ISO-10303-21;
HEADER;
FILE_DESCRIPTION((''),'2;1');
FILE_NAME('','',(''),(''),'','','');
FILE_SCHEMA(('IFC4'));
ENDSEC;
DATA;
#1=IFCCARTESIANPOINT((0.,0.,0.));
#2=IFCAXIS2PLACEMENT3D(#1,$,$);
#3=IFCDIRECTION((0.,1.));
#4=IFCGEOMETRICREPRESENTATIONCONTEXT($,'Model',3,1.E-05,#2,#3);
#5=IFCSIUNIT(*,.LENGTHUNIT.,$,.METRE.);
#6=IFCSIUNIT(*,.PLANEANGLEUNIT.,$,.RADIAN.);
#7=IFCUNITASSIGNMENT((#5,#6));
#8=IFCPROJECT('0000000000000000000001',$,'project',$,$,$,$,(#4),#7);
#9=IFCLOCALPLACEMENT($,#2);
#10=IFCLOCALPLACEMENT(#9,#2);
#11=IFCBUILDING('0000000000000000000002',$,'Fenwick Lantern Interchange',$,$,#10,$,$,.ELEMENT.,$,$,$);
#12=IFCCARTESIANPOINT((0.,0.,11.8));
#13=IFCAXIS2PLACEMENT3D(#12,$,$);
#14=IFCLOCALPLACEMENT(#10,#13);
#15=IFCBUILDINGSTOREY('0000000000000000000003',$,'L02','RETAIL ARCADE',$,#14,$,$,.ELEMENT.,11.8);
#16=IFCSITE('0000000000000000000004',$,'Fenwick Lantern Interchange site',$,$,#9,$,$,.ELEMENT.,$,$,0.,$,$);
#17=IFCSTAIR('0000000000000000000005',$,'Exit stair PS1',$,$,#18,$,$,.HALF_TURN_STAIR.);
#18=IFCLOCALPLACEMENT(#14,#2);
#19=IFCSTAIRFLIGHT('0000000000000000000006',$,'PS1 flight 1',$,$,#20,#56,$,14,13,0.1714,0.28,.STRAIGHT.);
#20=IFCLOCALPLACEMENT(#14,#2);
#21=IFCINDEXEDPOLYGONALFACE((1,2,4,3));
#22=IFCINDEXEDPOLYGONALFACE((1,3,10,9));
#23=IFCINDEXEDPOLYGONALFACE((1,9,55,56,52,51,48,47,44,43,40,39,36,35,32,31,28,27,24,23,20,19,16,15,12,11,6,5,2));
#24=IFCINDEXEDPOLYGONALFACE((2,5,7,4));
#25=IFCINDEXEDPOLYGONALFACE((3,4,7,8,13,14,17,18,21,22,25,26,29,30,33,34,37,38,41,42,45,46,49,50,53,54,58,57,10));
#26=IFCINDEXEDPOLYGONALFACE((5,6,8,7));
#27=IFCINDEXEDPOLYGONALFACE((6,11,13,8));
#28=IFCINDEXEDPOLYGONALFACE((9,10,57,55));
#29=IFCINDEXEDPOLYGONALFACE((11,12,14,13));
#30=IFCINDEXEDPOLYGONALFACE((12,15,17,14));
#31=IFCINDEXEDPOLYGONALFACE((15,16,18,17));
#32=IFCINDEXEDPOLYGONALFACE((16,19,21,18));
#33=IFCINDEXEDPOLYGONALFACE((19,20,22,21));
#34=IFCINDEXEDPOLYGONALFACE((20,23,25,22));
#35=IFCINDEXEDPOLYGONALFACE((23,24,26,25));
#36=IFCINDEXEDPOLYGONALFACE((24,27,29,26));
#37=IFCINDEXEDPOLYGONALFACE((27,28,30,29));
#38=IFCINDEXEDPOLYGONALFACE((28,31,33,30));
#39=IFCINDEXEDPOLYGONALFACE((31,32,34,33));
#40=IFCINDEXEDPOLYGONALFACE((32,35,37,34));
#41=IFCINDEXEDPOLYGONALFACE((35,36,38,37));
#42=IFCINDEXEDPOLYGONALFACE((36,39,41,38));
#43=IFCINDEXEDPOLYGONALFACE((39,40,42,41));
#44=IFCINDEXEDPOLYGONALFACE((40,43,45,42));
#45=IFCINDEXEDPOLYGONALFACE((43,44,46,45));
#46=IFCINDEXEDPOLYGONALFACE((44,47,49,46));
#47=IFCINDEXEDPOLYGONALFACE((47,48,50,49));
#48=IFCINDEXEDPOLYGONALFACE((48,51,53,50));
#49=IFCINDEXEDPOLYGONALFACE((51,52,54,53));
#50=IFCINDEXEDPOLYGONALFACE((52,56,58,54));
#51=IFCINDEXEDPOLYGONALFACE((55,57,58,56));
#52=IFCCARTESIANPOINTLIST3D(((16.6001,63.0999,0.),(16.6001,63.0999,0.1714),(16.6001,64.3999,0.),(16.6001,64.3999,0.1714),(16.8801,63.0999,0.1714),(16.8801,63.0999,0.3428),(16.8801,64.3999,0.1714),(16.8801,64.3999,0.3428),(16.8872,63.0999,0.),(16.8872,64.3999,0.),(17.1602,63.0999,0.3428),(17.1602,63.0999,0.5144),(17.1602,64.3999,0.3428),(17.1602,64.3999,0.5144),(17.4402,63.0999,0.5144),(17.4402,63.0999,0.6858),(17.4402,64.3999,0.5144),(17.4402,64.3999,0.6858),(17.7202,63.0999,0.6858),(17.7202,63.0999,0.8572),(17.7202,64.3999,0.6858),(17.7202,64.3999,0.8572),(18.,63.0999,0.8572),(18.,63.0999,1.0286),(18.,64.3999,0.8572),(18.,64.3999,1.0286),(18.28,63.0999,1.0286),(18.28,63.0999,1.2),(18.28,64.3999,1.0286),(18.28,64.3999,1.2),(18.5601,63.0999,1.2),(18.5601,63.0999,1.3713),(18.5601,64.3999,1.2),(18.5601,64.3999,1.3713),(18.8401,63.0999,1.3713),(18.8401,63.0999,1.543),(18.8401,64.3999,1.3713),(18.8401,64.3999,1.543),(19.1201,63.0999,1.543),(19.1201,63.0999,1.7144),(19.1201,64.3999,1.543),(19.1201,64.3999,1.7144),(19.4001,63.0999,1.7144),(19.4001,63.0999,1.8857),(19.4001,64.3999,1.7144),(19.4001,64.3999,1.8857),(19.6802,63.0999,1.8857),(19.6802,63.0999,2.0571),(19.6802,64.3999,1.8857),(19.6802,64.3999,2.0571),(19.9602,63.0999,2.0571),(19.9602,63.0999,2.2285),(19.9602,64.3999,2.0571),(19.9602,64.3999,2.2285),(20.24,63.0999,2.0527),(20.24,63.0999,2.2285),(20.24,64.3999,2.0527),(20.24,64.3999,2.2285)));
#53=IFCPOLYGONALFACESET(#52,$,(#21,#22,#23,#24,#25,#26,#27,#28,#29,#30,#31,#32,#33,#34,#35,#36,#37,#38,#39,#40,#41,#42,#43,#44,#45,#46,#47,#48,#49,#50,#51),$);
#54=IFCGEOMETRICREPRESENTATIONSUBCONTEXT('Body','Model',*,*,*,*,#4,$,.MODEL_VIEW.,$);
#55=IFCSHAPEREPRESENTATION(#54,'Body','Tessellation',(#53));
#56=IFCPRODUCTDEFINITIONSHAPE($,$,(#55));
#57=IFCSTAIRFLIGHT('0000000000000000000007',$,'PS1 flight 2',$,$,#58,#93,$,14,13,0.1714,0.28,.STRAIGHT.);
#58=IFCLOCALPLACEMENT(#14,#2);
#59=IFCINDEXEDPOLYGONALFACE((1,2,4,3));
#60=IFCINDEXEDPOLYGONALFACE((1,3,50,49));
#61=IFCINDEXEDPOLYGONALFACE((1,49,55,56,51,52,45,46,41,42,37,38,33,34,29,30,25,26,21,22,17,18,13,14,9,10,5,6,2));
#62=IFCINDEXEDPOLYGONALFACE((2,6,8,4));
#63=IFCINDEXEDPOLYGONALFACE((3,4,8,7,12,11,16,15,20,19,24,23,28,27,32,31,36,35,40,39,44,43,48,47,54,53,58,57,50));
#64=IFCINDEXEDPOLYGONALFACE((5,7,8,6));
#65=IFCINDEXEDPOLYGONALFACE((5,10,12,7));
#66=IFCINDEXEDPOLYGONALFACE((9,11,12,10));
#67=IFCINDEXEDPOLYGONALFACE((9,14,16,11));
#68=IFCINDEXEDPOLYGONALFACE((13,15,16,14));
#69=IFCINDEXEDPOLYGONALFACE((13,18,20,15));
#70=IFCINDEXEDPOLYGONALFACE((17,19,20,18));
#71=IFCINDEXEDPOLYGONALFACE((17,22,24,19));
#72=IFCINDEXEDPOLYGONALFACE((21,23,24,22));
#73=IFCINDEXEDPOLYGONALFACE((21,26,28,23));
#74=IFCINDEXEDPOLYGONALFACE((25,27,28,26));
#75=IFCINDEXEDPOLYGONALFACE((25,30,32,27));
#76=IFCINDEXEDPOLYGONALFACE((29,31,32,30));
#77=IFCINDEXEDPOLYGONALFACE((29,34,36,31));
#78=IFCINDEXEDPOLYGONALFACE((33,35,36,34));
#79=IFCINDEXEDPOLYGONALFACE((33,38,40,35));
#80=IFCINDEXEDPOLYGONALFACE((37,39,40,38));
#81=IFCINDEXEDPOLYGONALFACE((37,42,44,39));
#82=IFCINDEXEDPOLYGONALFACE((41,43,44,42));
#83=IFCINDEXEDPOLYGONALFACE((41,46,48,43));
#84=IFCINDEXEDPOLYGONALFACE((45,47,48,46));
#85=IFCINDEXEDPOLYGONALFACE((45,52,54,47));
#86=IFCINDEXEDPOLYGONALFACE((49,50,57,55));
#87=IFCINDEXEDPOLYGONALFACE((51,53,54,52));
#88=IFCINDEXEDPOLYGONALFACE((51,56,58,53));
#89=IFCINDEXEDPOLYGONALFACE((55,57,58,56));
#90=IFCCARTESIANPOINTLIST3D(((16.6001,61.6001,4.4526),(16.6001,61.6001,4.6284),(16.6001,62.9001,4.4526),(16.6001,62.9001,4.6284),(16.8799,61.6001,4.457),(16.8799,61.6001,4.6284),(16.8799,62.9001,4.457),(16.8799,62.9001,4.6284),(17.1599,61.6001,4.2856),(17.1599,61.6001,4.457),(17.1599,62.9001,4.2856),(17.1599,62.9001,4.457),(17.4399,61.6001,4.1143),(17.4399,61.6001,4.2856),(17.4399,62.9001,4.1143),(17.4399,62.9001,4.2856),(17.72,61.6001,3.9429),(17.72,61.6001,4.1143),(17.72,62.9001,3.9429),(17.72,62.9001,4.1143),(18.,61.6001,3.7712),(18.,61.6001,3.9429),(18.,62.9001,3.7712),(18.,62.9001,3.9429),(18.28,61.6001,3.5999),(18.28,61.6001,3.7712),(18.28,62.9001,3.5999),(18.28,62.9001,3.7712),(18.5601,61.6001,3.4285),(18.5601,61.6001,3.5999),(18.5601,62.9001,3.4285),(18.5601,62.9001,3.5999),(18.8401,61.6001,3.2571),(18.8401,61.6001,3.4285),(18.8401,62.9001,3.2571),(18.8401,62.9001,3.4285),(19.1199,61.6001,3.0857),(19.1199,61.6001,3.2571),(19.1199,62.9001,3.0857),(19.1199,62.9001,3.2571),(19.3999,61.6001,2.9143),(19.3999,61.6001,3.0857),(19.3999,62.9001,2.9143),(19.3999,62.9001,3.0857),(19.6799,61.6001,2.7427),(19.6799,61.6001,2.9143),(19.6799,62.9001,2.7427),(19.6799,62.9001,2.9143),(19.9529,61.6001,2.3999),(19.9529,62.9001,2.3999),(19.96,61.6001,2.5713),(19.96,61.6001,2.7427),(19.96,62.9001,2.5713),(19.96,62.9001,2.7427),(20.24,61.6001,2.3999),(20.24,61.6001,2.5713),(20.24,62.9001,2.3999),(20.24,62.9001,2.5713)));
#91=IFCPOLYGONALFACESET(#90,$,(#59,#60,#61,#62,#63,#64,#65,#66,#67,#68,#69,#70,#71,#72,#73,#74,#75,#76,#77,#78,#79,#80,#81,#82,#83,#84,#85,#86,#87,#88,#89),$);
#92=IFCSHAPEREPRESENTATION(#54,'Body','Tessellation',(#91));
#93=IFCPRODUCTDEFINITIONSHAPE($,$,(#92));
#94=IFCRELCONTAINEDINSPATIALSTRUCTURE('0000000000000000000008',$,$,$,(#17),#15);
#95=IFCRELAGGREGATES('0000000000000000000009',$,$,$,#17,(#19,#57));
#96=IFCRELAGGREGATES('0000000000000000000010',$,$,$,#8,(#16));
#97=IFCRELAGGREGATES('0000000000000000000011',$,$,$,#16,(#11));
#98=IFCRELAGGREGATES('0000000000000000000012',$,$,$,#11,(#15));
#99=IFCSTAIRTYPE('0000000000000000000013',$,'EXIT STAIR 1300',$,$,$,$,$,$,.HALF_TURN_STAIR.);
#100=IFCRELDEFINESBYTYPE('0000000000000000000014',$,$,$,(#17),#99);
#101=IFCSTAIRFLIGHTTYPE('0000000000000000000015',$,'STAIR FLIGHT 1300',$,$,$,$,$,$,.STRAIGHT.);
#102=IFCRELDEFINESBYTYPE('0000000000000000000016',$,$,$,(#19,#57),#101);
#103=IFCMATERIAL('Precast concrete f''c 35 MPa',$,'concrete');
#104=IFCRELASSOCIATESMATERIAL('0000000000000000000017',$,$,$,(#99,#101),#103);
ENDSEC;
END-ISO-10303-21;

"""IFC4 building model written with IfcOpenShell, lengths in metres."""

from ifc_helpers import new_model, si_unit, direction, frame, origin, place, context, subcontext, project, spatial, polyline, outline, extrude, material, type_object, element, aggregate, save


model = new_model("IFC4")

# Units and contexts
model_context = context("Model", 3, precision=1e-05, world=origin(), true_north=direction((0.0, 1.0)))
body_context = subcontext(model_context, "Body", "Model", "MODEL_VIEW")
ifc_project = project(units=[si_unit("LENGTHUNIT", "METRE"), si_unit("PLANEANGLEUNIT", "RADIAN")], contexts=[model_context])

# Site, building, storey
site_placement = place(None, origin())
site = spatial("IfcSite", under=ifc_project, at=site_placement, Name="Fenwick Lantern Interchange site", CompositionType="ELEMENT", RefElevation=0.0)
building_placement = place(site_placement, origin())
building = spatial("IfcBuilding", under=site, at=building_placement, Name="Fenwick Lantern Interchange", CompositionType="ELEMENT")
storey_placement = place(building_placement, frame((0.0, 0.0, 11.8)))
storey = spatial("IfcBuildingStorey", under=building, at=storey_placement, Name="L02", Description="RETAIL ARCADE", CompositionType="ELEMENT", Elevation=11.8)

# Stair, stair flights
ifc_material_1 = material(Name="Precast concrete f'c 35 MPa", Category="concrete")
stair_type = type_object("IfcStairType", Name="EXIT STAIR 1300", PredefinedType="HALF_TURN_STAIR", material=ifc_material_1)
stair_placement = place(storey_placement, origin())
stair = element("IfcStair", 1, at=stair_placement, inside=storey, type_object=stair_type, Name="Exit stair PS1", PredefinedType="HALF_TURN_STAIR")
stair_flight_type = type_object("IfcStairFlightType", Name="STAIR FLIGHT 1300", PredefinedType="STRAIGHT", material=ifc_material_1)
stair_flight_1_placement = place(storey_placement, frame((16.6001, 63.75, 0.0), z_axis=(0.0, 0.0, 1.0), x_axis=(1.0, 0.0, 0.0)))
stair_flight_1 = element("IfcStairFlight", 2, at=stair_flight_1_placement, type_object=stair_flight_type, Name="PS1 flight 1", NumberOfRisers=14, NumberOfTreads=13, PredefinedType="STRAIGHT", RiserHeight=0.1714, TreadLength=0.28, context=body_context, shape_type="SweptSolid", body=[
    extrude(outline(polyline([(0.0, 0.0), (0.0, 0.1714), (0.28, 0.1714), (0.28, 0.3428), (0.5601, 0.3428), (0.5601, 0.5144), (0.8401, 0.5144), (0.8401, 0.6858), (1.1201, 0.6858), (1.1201, 0.8572), (1.3999, 0.8572), (1.3999, 1.0286), (1.6799, 1.0286), (1.6799, 1.2), (1.96, 1.2), (1.96, 1.3713), (2.24, 1.3713), (2.24, 1.543), (2.52, 1.543), (2.52, 1.7144), (2.8, 1.7144), (2.8, 1.8857), (3.0801, 1.8857), (3.0801, 2.0571), (3.3601, 2.0571), (3.3601, 2.2285), (3.6399, 2.2285), (3.6399, 2.3999), (3.6399, 2.0527), (0.2871, 0.0), (0.0, 0.0)])), frame((0.0, 0.6499, 0.0), z_axis=(0.0, -1.0, 0.0), x_axis=(1.0, 0.0, 0.0)), (0.0, 0.0, 1.0), 1.3),
])
stair_flight_2_placement = place(storey_placement, frame((20.24, 62.25, 2.3999), z_axis=(0.0, 0.0, 1.0), x_axis=(-1.0, 0.0, 0.0)))
stair_flight_2 = element("IfcStairFlight", 3, at=stair_flight_2_placement, type_object=stair_flight_type, Name="PS1 flight 2", NumberOfRisers=14, NumberOfTreads=13, PredefinedType="STRAIGHT", RiserHeight=0.1714, TreadLength=0.28, context=body_context, shape_type="SweptSolid", body=[
    extrude(outline(polyline([(0.0, 0.0), (0.0, 0.1714), (0.28, 0.1714), (0.28, 0.3428), (0.5601, 0.3428), (0.5601, 0.5144), (0.8401, 0.5144), (0.8401, 0.6858), (1.1201, 0.6858), (1.1201, 0.8572), (1.3999, 0.8572), (1.3999, 1.0286), (1.6799, 1.0286), (1.6799, 1.2), (1.96, 1.2), (1.96, 1.3713), (2.24, 1.3713), (2.24, 1.543), (2.52, 1.543), (2.52, 1.7144), (2.8, 1.7144), (2.8, 1.8857), (3.0801, 1.8857), (3.0801, 2.0571), (3.3601, 2.0571), (3.3601, 2.2285), (3.6399, 2.2285), (3.6399, 2.3999), (3.6399, 2.0527), (0.2871, 0.0), (0.0, 0.0)])), frame((0.0, 0.6499, 0.0), z_axis=(0.0, -1.0, 0.0), x_axis=(1.0, 0.0, 0.0)), (0.0, 0.0, 1.0), 1.3),
])
aggregate(stair, [stair_flight_1, stair_flight_2])

save(model, "model.ifc")
